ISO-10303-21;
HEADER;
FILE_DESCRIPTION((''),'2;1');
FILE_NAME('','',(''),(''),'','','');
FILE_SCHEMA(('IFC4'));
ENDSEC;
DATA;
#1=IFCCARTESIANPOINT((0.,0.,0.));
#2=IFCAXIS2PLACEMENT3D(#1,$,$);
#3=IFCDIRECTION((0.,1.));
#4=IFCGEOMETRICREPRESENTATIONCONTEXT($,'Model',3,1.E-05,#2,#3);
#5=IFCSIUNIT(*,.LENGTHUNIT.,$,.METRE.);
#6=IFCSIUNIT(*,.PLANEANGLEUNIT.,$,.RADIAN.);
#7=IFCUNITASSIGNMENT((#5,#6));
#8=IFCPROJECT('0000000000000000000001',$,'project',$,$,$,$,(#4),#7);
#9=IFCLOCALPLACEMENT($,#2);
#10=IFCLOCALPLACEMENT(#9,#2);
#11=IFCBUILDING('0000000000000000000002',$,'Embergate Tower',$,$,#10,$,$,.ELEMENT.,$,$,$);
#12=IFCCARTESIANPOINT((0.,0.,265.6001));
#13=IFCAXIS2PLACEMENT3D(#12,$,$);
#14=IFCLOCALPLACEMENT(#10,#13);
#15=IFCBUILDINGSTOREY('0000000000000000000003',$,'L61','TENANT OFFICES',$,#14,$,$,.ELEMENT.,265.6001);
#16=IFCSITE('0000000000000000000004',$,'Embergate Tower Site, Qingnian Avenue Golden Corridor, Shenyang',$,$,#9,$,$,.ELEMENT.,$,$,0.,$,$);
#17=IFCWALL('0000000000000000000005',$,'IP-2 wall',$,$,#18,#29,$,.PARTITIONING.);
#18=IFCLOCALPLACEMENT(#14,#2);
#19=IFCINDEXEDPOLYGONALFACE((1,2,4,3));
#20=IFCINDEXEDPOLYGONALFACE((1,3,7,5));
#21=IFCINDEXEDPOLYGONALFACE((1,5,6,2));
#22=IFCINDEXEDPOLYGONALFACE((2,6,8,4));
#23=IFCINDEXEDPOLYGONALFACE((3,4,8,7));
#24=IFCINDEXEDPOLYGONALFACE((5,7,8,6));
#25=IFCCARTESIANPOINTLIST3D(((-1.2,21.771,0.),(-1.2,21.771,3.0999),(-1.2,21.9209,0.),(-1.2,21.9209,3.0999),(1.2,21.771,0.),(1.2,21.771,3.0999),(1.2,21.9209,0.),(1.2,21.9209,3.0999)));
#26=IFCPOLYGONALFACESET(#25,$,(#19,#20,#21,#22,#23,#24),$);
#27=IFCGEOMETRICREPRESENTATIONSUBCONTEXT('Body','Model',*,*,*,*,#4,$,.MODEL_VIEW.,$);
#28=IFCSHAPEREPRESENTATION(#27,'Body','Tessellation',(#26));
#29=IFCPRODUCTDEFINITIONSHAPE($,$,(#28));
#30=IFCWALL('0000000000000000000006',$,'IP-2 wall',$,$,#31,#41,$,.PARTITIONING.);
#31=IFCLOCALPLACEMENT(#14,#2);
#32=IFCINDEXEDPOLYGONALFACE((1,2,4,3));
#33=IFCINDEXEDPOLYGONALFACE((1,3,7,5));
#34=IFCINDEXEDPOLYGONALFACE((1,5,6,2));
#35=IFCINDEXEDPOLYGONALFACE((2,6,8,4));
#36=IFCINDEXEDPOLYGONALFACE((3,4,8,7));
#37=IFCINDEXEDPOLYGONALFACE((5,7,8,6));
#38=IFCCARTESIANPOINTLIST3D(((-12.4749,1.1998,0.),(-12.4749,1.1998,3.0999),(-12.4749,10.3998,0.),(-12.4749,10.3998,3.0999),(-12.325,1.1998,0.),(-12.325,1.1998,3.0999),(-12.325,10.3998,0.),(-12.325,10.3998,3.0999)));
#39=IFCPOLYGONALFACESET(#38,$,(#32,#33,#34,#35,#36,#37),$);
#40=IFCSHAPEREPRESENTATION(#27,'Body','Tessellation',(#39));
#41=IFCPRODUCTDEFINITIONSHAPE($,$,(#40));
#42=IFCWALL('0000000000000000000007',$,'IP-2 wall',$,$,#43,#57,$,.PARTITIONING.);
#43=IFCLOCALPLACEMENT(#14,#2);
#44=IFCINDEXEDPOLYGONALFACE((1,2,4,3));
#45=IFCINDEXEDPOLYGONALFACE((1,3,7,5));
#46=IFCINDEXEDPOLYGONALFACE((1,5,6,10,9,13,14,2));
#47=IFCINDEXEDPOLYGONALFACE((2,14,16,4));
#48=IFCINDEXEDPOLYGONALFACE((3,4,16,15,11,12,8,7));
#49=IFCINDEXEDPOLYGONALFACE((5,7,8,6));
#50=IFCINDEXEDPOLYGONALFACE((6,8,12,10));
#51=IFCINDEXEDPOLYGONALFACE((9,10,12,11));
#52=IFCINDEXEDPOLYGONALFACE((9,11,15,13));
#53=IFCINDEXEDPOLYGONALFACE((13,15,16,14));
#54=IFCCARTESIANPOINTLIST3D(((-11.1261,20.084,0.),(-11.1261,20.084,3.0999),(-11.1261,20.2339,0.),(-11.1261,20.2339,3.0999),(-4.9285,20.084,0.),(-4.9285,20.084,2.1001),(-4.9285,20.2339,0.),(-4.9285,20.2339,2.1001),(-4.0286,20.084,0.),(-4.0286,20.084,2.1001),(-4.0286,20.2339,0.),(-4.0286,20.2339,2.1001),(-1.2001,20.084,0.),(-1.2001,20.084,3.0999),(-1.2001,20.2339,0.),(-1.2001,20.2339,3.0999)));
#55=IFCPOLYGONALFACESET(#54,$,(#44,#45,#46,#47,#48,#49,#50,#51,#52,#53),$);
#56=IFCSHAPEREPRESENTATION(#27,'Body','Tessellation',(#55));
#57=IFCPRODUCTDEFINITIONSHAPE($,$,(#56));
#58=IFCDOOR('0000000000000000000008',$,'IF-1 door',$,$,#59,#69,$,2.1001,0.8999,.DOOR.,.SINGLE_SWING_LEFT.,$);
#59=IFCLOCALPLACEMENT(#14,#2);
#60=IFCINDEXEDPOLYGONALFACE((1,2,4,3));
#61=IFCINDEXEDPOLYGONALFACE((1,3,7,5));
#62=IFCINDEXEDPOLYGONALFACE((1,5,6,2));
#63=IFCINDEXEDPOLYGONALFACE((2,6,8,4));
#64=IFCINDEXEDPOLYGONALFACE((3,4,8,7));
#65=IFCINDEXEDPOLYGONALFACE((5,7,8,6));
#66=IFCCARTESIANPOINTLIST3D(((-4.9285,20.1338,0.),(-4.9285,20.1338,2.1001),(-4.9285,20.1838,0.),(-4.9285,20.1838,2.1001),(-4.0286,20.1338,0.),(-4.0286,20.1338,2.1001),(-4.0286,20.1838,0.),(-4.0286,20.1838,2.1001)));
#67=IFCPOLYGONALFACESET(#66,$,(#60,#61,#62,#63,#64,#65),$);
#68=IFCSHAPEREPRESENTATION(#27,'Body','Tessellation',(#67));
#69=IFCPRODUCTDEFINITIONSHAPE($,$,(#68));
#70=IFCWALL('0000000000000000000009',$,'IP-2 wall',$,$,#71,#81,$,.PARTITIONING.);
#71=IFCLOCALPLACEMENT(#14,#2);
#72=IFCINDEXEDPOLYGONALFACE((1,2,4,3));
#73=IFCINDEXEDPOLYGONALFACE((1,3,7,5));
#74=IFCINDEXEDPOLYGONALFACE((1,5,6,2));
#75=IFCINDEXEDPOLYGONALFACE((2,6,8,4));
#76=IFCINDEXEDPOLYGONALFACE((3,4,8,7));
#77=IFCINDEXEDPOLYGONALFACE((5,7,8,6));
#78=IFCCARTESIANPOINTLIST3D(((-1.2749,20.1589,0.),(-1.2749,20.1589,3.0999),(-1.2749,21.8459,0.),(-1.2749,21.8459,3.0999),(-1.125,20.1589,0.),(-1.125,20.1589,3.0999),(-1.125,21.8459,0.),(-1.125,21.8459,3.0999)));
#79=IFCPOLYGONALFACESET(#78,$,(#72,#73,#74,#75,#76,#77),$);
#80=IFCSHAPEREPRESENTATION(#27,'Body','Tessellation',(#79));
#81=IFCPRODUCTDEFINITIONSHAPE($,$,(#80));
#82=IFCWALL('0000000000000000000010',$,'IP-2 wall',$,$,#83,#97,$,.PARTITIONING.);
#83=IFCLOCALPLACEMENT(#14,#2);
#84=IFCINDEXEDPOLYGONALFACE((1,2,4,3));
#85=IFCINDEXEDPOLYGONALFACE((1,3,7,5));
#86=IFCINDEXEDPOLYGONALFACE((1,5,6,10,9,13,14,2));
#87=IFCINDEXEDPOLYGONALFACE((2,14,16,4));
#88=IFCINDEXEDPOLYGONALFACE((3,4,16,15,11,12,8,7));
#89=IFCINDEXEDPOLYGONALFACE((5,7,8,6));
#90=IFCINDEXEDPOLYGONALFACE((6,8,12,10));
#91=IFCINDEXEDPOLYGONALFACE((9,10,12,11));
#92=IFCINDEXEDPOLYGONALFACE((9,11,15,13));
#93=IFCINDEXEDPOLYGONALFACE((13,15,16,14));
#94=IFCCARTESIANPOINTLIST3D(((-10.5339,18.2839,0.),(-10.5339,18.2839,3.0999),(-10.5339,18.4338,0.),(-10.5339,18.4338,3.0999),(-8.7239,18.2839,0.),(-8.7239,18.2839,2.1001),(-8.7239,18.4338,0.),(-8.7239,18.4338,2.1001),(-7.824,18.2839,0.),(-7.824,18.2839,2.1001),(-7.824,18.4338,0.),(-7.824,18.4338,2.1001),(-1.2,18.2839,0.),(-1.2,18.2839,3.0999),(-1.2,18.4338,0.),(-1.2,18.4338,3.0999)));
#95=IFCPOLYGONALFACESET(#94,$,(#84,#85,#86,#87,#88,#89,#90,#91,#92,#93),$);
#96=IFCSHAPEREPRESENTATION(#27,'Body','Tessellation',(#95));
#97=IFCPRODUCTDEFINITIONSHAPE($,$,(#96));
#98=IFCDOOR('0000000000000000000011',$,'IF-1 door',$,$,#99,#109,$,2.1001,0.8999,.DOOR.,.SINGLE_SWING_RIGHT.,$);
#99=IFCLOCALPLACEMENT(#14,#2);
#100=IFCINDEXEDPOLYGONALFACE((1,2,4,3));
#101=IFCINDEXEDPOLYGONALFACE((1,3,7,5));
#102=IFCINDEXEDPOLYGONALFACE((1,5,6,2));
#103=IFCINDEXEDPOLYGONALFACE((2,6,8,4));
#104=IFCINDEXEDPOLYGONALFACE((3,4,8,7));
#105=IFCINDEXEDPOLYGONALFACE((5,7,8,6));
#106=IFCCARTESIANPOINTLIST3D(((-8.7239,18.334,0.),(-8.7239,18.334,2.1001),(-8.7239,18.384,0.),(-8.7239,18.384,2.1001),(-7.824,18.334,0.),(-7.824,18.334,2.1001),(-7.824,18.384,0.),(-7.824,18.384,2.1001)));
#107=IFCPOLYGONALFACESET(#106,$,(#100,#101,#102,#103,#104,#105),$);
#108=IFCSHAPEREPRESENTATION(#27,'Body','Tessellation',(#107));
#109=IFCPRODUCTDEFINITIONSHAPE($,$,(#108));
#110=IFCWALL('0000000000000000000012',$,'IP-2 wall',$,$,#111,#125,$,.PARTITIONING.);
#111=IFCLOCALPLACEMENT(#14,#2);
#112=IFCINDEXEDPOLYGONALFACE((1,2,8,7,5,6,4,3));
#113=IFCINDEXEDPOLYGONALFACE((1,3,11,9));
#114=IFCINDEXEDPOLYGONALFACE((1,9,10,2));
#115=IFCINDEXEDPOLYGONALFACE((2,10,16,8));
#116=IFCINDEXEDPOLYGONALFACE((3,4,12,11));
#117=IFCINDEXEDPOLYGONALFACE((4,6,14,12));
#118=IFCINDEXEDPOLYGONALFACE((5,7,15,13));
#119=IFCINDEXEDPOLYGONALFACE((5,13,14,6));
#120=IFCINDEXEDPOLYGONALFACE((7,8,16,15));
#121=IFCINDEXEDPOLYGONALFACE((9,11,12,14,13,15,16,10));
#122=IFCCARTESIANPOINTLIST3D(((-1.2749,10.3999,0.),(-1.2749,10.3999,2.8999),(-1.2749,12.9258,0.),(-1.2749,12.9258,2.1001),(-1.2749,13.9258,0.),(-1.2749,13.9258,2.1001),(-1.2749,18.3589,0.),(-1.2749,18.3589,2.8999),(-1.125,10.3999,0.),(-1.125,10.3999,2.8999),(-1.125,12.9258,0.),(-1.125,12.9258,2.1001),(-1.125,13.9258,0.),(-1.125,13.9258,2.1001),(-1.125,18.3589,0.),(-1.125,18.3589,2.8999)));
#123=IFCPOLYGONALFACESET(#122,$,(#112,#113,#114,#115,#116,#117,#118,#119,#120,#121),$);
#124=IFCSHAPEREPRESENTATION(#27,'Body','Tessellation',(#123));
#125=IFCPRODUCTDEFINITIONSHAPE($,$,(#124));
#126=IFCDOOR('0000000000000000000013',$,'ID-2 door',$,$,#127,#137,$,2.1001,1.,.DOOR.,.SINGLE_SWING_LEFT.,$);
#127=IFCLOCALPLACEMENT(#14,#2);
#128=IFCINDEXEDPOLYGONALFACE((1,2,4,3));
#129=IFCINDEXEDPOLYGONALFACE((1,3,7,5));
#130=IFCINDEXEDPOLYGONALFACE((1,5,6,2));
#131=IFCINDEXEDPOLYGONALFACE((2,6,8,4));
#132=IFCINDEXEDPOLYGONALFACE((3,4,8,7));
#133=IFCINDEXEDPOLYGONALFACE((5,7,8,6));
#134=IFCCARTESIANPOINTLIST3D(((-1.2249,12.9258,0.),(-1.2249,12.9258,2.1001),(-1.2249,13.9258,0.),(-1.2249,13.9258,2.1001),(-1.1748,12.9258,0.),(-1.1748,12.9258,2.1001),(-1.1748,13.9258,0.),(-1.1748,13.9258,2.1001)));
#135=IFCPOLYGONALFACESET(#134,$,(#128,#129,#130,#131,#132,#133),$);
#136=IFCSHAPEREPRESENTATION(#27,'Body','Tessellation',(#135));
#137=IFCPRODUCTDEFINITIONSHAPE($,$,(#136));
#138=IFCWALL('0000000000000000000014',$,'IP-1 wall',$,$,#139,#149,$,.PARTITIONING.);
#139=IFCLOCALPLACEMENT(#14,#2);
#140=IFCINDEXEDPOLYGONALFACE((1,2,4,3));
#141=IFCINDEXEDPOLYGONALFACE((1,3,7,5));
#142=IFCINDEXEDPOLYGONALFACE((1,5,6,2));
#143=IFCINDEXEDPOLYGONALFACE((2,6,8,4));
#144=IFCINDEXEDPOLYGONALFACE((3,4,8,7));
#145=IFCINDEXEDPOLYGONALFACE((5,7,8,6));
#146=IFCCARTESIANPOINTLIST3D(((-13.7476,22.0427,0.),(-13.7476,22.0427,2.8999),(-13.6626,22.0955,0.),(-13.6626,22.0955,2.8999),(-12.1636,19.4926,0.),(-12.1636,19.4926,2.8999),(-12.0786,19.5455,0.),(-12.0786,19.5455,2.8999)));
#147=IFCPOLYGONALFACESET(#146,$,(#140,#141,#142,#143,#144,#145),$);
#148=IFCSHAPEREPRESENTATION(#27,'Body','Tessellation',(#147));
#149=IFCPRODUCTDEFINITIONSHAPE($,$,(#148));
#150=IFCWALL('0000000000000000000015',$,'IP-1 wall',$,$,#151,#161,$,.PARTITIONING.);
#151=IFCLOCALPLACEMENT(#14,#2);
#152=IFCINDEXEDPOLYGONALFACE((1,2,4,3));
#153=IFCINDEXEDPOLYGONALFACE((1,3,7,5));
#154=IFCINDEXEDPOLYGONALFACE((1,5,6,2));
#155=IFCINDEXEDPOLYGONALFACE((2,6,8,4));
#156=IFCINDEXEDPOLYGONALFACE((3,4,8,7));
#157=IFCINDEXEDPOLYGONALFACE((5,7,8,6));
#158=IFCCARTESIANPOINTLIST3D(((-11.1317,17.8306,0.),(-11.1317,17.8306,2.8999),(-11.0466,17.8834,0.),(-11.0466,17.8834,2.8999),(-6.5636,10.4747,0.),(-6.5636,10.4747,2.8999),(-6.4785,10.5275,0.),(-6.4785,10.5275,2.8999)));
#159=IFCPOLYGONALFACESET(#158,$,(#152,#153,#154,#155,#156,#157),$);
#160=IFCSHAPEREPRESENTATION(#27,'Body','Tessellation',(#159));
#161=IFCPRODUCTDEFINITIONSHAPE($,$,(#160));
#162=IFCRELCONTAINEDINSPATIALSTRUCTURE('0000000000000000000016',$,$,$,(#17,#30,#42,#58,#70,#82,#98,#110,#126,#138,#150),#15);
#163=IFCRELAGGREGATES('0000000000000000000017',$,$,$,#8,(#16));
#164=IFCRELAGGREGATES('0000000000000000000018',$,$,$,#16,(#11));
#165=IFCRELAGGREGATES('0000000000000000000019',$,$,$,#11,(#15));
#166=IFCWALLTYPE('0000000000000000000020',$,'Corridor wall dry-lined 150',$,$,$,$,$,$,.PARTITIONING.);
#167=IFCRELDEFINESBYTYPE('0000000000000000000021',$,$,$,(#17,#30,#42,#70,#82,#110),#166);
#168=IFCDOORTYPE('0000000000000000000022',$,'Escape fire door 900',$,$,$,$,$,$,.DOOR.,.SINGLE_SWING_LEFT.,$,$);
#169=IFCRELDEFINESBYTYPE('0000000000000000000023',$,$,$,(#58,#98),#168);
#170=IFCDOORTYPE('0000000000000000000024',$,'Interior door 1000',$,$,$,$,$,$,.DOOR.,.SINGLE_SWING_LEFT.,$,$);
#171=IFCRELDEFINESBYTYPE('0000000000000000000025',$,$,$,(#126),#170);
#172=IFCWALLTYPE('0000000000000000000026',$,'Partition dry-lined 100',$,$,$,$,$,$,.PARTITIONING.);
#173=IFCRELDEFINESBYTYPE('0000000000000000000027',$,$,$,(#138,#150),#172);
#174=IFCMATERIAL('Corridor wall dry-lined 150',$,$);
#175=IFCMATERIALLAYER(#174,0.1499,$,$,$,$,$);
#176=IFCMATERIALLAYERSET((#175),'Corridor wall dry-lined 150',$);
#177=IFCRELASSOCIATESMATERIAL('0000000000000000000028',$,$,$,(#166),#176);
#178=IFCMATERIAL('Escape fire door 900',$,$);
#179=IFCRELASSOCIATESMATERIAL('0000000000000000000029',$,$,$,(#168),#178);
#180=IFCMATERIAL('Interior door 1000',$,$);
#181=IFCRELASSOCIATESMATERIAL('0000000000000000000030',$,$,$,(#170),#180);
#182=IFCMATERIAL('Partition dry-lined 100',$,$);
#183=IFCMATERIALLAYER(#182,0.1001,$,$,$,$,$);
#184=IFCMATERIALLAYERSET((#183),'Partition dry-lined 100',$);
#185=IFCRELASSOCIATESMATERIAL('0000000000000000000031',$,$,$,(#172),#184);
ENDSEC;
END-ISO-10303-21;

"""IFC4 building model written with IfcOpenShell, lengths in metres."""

from ifc_helpers import new_model, si_unit, direction, frame, frame_2d, origin, place, context, subcontext, project, spatial, rectangle, extrude, source, transform, mapped, material, layer, layer_set, type_object, element, fill, save


model = new_model("IFC4")

# Units and contexts
model_context = context("Model", 3, precision=1e-05, world=origin(), true_north=direction((0.0, 1.0)))
body_context = subcontext(model_context, "Body", "Model", "MODEL_VIEW")
ifc_project = project(units=[si_unit("LENGTHUNIT", "METRE"), si_unit("PLANEANGLEUNIT", "RADIAN")], contexts=[model_context])

# Site, building, storey
site_placement = place(None, origin())
site = spatial("IfcSite", under=ifc_project, at=site_placement, Name="Embergate Tower Site, Qingnian Avenue Golden Corridor, Shenyang", CompositionType="ELEMENT", RefElevation=0.0)
building_placement = place(site_placement, origin())
building = spatial("IfcBuilding", under=site, at=building_placement, Name="Embergate Tower", CompositionType="ELEMENT")
storey_placement = place(building_placement, frame((0.0, 0.0, 265.6001)))
storey = spatial("IfcBuildingStorey", under=building, at=storey_placement, Name="L61", Description="TENANT OFFICES", CompositionType="ELEMENT", Elevation=265.6001)

# Walls
ifc_material_1 = material(Name="Corridor wall dry-lined 150")
ifc_layer_1 = layer(ifc_material_1, 0.1499)
ifc_layer_set_1 = layer_set([ifc_layer_1], Name="Corridor wall dry-lined 150")
wall_type_1 = type_object("IfcWallType", Name="Corridor wall dry-lined 150", PredefinedType="PARTITIONING", material=ifc_layer_set_1)
shared_shape_1 = source(origin(), body_context, "Body", "SweptSolid", [
    extrude(rectangle(XDim=2.3999, YDim=0.1499, at=frame_2d((1.2, 0.0))), origin(), (0.0, 0.0, 1.0), 3.0999),
])
wall_1_placement = place(storey_placement, frame((-1.2, 21.8459, 0.0), z_axis=(0.0, 0.0, 1.0), x_axis=(1.0, 0.0, 0.0)))
element("IfcWall", 1, at=wall_1_placement, inside=storey, type_object=wall_type_1, Name="IP-2 wall", PredefinedType="PARTITIONING", context=body_context, shape_type="MappedRepresentation", body=[
    mapped(shared_shape_1, transform((0.0, 0.0, 0.0))),
])
shared_shape_2 = source(origin(), body_context, "Body", "SweptSolid", [
    extrude(rectangle(XDim=9.2, YDim=0.1499, at=frame_2d((4.6001, 0.0))), origin(), (0.0, 0.0, 1.0), 3.0999),
])
wall_2_placement = place(storey_placement, frame((-12.3999, 10.3999, 0.0), z_axis=(0.0, 0.0, 1.0), x_axis=(0.0, -1.0, 0.0)))
element("IfcWall", 2, at=wall_2_placement, inside=storey, type_object=wall_type_1, Name="IP-2 wall", PredefinedType="PARTITIONING", context=body_context, shape_type="MappedRepresentation", body=[
    mapped(shared_shape_2, transform((0.0, 0.0, 0.0))),
])

# Wall, opening, door
shared_shape_3 = source(origin(), body_context, "Body", "SweptSolid", [
    extrude(rectangle(XDim=9.926, YDim=0.1499, at=frame_2d((4.9629, 0.0))), origin(), (0.0, 0.0, 1.0), 3.0999),
])
wall_3_placement = place(storey_placement, frame((-11.126, 20.1589, 0.0), z_axis=(0.0, 0.0, 1.0), x_axis=(1.0, 0.0, 0.0)))
wall_3 = element("IfcWall", 3, at=wall_3_placement, inside=storey, type_object=wall_type_1, Name="IP-2 wall", PredefinedType="PARTITIONING", context=body_context, shape_type="MappedRepresentation", body=[
    mapped(shared_shape_3, transform((0.0, 0.0, 0.0))),
])
shared_shape_4 = source(origin(), body_context, "Body", "SweptSolid", [
    extrude(rectangle(XDim=0.8999, YDim=2.1001, at=frame_2d((0.45, 1.05))), frame((0.0, 0.085, 0.0), z_axis=(0.0, -1.0, 0.0), x_axis=(1.0, 0.0, 0.0)), (0.0, 0.0, 1.0), 0.1699),
])
opening_1_placement = place(wall_3_placement, frame((6.1975, 0.0, 0.0)))
opening_1 = element("IfcOpeningElement", 4, at=opening_1_placement, cuts=wall_3, PredefinedType="OPENING", context=body_context, shape_type="MappedRepresentation", body=[
    mapped(shared_shape_4, transform((0.0, 0.0, 0.0))),
])
ifc_material_2 = material(Name="Escape fire door 900")
door_type_1 = type_object("IfcDoorType", Name="Escape fire door 900", OperationType="SINGLE_SWING_LEFT", PredefinedType="DOOR", material=ifc_material_2)
shared_shape_5 = source(origin(), body_context, "Body", "SweptSolid", [
    extrude(rectangle(XDim=0.8999, YDim=2.1001, at=frame_2d((0.45, 1.05))), frame((0.0, 0.0249, 0.0), z_axis=(0.0, -1.0, 0.0), x_axis=(1.0, 0.0, 0.0)), (0.0, 0.0, 1.0), 0.05),
])
door_1_placement = place(opening_1_placement, origin())
door_1 = element("IfcDoor", 5, at=door_1_placement, inside=storey, type_object=door_type_1, Name="IF-1 door", OperationType="SINGLE_SWING_LEFT", OverallHeight=2.1001, OverallWidth=0.8999, PredefinedType="DOOR", context=body_context, shape_type="MappedRepresentation", body=[
    mapped(shared_shape_5, transform((0.0, 0.0, 0.0))),
])
fill(opening_1, door_1)

# Wall
shared_shape_6 = source(origin(), body_context, "Body", "SweptSolid", [
    extrude(rectangle(XDim=1.687, YDim=0.1499, at=frame_2d((0.8435, 0.0))), origin(), (0.0, 0.0, 1.0), 3.0999),
])
wall_4_placement = place(storey_placement, frame((-1.2, 20.1589, 0.0), z_axis=(0.0, 0.0, 1.0), x_axis=(0.0, 1.0, 0.0)))
element("IfcWall", 6, at=wall_4_placement, inside=storey, type_object=wall_type_1, Name="IP-2 wall", PredefinedType="PARTITIONING", context=body_context, shape_type="MappedRepresentation", body=[
    mapped(shared_shape_6, transform((0.0, 0.0, 0.0))),
])

# Walls, openings, doors
shared_shape_7 = source(origin(), body_context, "Body", "SweptSolid", [
    extrude(rectangle(XDim=9.334, YDim=0.1499, at=frame_2d((4.667, 0.0))), origin(), (0.0, 0.0, 1.0), 3.0999),
])
wall_5_placement = place(storey_placement, frame((-1.2, 18.3589, 0.0), z_axis=(0.0, 0.0, 1.0), x_axis=(-1.0, 0.0, 0.0)))
wall_5 = element("IfcWall", 7, at=wall_5_placement, inside=storey, type_object=wall_type_1, Name="IP-2 wall", PredefinedType="PARTITIONING", context=body_context, shape_type="MappedRepresentation", body=[
    mapped(shared_shape_7, transform((0.0, 0.0, 0.0))),
])
opening_2_placement = place(wall_5_placement, frame((6.624, 0.0, 0.0)))
opening_2 = element("IfcOpeningElement", 8, at=opening_2_placement, cuts=wall_5, PredefinedType="OPENING", context=body_context, shape_type="MappedRepresentation", body=[
    mapped(shared_shape_4, transform((0.0, 0.0, 0.0))),
])
door_2_placement = place(opening_2_placement, origin())
door_2 = element("IfcDoor", 9, at=door_2_placement, inside=storey, type_object=door_type_1, Name="IF-1 door", OperationType="SINGLE_SWING_RIGHT", OverallHeight=2.1001, OverallWidth=0.8999, PredefinedType="DOOR", context=body_context, shape_type="MappedRepresentation", body=[
    mapped(shared_shape_5, transform((0.0, 0.0, 0.0))),
])
fill(opening_2, door_2)
shared_shape_8 = source(origin(), body_context, "Body", "SweptSolid", [
    extrude(rectangle(XDim=7.959, YDim=0.1499, at=frame_2d((3.9795, 0.0))), origin(), (0.0, 0.0, 1.0), 2.8999),
])
wall_6_placement = place(storey_placement, frame((-1.2, 10.3999, 0.0), z_axis=(0.0, 0.0, 1.0), x_axis=(0.0, 1.0, 0.0)))
wall_6 = element("IfcWall", 10, at=wall_6_placement, inside=storey, type_object=wall_type_1, Name="IP-2 wall", PredefinedType="PARTITIONING", context=body_context, shape_type="MappedRepresentation", body=[
    mapped(shared_shape_8, transform((0.0, 0.0, 0.0))),
])
shared_shape_9 = source(origin(), body_context, "Body", "SweptSolid", [
    extrude(rectangle(XDim=1.0, YDim=2.1001, at=frame_2d((0.5, 1.05))), frame((0.0, 0.085, 0.0), z_axis=(0.0, -1.0, 0.0), x_axis=(1.0, 0.0, 0.0)), (0.0, 0.0, 1.0), 0.1699),
])
opening_3_placement = place(wall_6_placement, frame((2.5259, 0.0, 0.0)))
opening_3 = element("IfcOpeningElement", 11, at=opening_3_placement, cuts=wall_6, PredefinedType="OPENING", context=body_context, shape_type="MappedRepresentation", body=[
    mapped(shared_shape_9, transform((0.0, 0.0, 0.0))),
])
ifc_material_3 = material(Name="Interior door 1000")
door_type_2 = type_object("IfcDoorType", Name="Interior door 1000", OperationType="SINGLE_SWING_LEFT", PredefinedType="DOOR", material=ifc_material_3)
shared_shape_10 = source(origin(), body_context, "Body", "SweptSolid", [
    extrude(rectangle(XDim=1.0, YDim=2.1001, at=frame_2d((0.5, 1.05))), frame((0.0, 0.0249, 0.0), z_axis=(0.0, -1.0, 0.0), x_axis=(1.0, 0.0, 0.0)), (0.0, 0.0, 1.0), 0.05),
])
door_3_placement = place(opening_3_placement, origin())
door_3 = element("IfcDoor", 12, at=door_3_placement, inside=storey, type_object=door_type_2, Name="ID-2 door", OperationType="SINGLE_SWING_LEFT", OverallHeight=2.1001, OverallWidth=1.0, PredefinedType="DOOR", context=body_context, shape_type="MappedRepresentation", body=[
    mapped(shared_shape_10, transform((0.0, 0.0, 0.0))),
])
fill(opening_3, door_3)

# Walls
ifc_material_4 = material(Name="Partition dry-lined 100")
ifc_layer_2 = layer(ifc_material_4, 0.1001)
ifc_layer_set_2 = layer_set([ifc_layer_2], Name="Partition dry-lined 100")
wall_type_2 = type_object("IfcWallType", Name="Partition dry-lined 100", PredefinedType="PARTITIONING", material=ifc_layer_set_2)
shared_shape_11 = source(origin(), body_context, "Body", "SweptSolid", [
    extrude(rectangle(XDim=3.002, YDim=0.1001, at=frame_2d((1.501, 0.0))), origin(), (0.0, 0.0, 1.0), 2.8999),
])
wall_7_placement = place(storey_placement, frame((-12.1211, 19.519, 0.0), z_axis=(0.0, 0.0, 1.0), x_axis=(-0.52765, 0.849462, 0.0)))
element("IfcWall", 13, at=wall_7_placement, inside=storey, type_object=wall_type_2, Name="IP-1 wall", PredefinedType="PARTITIONING", context=body_context, shape_type="MappedRepresentation", body=[
    mapped(shared_shape_11, transform((0.0, 0.0, 0.0))),
])
shared_shape_12 = source(origin(), body_context, "Body", "SweptSolid", [
    extrude(rectangle(XDim=8.6589, YDim=0.1001, at=frame_2d((4.3296, 0.0))), origin(), (0.0, 0.0, 1.0), 2.8999),
])
wall_8_placement = place(storey_placement, frame((-6.521, 10.501, 0.0), z_axis=(0.0, 0.0, 1.0), x_axis=(-0.527559, 0.849519, 0.0)))
element("IfcWall", 14, at=wall_8_placement, inside=storey, type_object=wall_type_2, Name="IP-1 wall", PredefinedType="PARTITIONING", context=body_context, shape_type="MappedRepresentation", body=[
    mapped(shared_shape_12, transform((0.0, 0.0, 0.0))),
])

save(model, "model.ifc")
